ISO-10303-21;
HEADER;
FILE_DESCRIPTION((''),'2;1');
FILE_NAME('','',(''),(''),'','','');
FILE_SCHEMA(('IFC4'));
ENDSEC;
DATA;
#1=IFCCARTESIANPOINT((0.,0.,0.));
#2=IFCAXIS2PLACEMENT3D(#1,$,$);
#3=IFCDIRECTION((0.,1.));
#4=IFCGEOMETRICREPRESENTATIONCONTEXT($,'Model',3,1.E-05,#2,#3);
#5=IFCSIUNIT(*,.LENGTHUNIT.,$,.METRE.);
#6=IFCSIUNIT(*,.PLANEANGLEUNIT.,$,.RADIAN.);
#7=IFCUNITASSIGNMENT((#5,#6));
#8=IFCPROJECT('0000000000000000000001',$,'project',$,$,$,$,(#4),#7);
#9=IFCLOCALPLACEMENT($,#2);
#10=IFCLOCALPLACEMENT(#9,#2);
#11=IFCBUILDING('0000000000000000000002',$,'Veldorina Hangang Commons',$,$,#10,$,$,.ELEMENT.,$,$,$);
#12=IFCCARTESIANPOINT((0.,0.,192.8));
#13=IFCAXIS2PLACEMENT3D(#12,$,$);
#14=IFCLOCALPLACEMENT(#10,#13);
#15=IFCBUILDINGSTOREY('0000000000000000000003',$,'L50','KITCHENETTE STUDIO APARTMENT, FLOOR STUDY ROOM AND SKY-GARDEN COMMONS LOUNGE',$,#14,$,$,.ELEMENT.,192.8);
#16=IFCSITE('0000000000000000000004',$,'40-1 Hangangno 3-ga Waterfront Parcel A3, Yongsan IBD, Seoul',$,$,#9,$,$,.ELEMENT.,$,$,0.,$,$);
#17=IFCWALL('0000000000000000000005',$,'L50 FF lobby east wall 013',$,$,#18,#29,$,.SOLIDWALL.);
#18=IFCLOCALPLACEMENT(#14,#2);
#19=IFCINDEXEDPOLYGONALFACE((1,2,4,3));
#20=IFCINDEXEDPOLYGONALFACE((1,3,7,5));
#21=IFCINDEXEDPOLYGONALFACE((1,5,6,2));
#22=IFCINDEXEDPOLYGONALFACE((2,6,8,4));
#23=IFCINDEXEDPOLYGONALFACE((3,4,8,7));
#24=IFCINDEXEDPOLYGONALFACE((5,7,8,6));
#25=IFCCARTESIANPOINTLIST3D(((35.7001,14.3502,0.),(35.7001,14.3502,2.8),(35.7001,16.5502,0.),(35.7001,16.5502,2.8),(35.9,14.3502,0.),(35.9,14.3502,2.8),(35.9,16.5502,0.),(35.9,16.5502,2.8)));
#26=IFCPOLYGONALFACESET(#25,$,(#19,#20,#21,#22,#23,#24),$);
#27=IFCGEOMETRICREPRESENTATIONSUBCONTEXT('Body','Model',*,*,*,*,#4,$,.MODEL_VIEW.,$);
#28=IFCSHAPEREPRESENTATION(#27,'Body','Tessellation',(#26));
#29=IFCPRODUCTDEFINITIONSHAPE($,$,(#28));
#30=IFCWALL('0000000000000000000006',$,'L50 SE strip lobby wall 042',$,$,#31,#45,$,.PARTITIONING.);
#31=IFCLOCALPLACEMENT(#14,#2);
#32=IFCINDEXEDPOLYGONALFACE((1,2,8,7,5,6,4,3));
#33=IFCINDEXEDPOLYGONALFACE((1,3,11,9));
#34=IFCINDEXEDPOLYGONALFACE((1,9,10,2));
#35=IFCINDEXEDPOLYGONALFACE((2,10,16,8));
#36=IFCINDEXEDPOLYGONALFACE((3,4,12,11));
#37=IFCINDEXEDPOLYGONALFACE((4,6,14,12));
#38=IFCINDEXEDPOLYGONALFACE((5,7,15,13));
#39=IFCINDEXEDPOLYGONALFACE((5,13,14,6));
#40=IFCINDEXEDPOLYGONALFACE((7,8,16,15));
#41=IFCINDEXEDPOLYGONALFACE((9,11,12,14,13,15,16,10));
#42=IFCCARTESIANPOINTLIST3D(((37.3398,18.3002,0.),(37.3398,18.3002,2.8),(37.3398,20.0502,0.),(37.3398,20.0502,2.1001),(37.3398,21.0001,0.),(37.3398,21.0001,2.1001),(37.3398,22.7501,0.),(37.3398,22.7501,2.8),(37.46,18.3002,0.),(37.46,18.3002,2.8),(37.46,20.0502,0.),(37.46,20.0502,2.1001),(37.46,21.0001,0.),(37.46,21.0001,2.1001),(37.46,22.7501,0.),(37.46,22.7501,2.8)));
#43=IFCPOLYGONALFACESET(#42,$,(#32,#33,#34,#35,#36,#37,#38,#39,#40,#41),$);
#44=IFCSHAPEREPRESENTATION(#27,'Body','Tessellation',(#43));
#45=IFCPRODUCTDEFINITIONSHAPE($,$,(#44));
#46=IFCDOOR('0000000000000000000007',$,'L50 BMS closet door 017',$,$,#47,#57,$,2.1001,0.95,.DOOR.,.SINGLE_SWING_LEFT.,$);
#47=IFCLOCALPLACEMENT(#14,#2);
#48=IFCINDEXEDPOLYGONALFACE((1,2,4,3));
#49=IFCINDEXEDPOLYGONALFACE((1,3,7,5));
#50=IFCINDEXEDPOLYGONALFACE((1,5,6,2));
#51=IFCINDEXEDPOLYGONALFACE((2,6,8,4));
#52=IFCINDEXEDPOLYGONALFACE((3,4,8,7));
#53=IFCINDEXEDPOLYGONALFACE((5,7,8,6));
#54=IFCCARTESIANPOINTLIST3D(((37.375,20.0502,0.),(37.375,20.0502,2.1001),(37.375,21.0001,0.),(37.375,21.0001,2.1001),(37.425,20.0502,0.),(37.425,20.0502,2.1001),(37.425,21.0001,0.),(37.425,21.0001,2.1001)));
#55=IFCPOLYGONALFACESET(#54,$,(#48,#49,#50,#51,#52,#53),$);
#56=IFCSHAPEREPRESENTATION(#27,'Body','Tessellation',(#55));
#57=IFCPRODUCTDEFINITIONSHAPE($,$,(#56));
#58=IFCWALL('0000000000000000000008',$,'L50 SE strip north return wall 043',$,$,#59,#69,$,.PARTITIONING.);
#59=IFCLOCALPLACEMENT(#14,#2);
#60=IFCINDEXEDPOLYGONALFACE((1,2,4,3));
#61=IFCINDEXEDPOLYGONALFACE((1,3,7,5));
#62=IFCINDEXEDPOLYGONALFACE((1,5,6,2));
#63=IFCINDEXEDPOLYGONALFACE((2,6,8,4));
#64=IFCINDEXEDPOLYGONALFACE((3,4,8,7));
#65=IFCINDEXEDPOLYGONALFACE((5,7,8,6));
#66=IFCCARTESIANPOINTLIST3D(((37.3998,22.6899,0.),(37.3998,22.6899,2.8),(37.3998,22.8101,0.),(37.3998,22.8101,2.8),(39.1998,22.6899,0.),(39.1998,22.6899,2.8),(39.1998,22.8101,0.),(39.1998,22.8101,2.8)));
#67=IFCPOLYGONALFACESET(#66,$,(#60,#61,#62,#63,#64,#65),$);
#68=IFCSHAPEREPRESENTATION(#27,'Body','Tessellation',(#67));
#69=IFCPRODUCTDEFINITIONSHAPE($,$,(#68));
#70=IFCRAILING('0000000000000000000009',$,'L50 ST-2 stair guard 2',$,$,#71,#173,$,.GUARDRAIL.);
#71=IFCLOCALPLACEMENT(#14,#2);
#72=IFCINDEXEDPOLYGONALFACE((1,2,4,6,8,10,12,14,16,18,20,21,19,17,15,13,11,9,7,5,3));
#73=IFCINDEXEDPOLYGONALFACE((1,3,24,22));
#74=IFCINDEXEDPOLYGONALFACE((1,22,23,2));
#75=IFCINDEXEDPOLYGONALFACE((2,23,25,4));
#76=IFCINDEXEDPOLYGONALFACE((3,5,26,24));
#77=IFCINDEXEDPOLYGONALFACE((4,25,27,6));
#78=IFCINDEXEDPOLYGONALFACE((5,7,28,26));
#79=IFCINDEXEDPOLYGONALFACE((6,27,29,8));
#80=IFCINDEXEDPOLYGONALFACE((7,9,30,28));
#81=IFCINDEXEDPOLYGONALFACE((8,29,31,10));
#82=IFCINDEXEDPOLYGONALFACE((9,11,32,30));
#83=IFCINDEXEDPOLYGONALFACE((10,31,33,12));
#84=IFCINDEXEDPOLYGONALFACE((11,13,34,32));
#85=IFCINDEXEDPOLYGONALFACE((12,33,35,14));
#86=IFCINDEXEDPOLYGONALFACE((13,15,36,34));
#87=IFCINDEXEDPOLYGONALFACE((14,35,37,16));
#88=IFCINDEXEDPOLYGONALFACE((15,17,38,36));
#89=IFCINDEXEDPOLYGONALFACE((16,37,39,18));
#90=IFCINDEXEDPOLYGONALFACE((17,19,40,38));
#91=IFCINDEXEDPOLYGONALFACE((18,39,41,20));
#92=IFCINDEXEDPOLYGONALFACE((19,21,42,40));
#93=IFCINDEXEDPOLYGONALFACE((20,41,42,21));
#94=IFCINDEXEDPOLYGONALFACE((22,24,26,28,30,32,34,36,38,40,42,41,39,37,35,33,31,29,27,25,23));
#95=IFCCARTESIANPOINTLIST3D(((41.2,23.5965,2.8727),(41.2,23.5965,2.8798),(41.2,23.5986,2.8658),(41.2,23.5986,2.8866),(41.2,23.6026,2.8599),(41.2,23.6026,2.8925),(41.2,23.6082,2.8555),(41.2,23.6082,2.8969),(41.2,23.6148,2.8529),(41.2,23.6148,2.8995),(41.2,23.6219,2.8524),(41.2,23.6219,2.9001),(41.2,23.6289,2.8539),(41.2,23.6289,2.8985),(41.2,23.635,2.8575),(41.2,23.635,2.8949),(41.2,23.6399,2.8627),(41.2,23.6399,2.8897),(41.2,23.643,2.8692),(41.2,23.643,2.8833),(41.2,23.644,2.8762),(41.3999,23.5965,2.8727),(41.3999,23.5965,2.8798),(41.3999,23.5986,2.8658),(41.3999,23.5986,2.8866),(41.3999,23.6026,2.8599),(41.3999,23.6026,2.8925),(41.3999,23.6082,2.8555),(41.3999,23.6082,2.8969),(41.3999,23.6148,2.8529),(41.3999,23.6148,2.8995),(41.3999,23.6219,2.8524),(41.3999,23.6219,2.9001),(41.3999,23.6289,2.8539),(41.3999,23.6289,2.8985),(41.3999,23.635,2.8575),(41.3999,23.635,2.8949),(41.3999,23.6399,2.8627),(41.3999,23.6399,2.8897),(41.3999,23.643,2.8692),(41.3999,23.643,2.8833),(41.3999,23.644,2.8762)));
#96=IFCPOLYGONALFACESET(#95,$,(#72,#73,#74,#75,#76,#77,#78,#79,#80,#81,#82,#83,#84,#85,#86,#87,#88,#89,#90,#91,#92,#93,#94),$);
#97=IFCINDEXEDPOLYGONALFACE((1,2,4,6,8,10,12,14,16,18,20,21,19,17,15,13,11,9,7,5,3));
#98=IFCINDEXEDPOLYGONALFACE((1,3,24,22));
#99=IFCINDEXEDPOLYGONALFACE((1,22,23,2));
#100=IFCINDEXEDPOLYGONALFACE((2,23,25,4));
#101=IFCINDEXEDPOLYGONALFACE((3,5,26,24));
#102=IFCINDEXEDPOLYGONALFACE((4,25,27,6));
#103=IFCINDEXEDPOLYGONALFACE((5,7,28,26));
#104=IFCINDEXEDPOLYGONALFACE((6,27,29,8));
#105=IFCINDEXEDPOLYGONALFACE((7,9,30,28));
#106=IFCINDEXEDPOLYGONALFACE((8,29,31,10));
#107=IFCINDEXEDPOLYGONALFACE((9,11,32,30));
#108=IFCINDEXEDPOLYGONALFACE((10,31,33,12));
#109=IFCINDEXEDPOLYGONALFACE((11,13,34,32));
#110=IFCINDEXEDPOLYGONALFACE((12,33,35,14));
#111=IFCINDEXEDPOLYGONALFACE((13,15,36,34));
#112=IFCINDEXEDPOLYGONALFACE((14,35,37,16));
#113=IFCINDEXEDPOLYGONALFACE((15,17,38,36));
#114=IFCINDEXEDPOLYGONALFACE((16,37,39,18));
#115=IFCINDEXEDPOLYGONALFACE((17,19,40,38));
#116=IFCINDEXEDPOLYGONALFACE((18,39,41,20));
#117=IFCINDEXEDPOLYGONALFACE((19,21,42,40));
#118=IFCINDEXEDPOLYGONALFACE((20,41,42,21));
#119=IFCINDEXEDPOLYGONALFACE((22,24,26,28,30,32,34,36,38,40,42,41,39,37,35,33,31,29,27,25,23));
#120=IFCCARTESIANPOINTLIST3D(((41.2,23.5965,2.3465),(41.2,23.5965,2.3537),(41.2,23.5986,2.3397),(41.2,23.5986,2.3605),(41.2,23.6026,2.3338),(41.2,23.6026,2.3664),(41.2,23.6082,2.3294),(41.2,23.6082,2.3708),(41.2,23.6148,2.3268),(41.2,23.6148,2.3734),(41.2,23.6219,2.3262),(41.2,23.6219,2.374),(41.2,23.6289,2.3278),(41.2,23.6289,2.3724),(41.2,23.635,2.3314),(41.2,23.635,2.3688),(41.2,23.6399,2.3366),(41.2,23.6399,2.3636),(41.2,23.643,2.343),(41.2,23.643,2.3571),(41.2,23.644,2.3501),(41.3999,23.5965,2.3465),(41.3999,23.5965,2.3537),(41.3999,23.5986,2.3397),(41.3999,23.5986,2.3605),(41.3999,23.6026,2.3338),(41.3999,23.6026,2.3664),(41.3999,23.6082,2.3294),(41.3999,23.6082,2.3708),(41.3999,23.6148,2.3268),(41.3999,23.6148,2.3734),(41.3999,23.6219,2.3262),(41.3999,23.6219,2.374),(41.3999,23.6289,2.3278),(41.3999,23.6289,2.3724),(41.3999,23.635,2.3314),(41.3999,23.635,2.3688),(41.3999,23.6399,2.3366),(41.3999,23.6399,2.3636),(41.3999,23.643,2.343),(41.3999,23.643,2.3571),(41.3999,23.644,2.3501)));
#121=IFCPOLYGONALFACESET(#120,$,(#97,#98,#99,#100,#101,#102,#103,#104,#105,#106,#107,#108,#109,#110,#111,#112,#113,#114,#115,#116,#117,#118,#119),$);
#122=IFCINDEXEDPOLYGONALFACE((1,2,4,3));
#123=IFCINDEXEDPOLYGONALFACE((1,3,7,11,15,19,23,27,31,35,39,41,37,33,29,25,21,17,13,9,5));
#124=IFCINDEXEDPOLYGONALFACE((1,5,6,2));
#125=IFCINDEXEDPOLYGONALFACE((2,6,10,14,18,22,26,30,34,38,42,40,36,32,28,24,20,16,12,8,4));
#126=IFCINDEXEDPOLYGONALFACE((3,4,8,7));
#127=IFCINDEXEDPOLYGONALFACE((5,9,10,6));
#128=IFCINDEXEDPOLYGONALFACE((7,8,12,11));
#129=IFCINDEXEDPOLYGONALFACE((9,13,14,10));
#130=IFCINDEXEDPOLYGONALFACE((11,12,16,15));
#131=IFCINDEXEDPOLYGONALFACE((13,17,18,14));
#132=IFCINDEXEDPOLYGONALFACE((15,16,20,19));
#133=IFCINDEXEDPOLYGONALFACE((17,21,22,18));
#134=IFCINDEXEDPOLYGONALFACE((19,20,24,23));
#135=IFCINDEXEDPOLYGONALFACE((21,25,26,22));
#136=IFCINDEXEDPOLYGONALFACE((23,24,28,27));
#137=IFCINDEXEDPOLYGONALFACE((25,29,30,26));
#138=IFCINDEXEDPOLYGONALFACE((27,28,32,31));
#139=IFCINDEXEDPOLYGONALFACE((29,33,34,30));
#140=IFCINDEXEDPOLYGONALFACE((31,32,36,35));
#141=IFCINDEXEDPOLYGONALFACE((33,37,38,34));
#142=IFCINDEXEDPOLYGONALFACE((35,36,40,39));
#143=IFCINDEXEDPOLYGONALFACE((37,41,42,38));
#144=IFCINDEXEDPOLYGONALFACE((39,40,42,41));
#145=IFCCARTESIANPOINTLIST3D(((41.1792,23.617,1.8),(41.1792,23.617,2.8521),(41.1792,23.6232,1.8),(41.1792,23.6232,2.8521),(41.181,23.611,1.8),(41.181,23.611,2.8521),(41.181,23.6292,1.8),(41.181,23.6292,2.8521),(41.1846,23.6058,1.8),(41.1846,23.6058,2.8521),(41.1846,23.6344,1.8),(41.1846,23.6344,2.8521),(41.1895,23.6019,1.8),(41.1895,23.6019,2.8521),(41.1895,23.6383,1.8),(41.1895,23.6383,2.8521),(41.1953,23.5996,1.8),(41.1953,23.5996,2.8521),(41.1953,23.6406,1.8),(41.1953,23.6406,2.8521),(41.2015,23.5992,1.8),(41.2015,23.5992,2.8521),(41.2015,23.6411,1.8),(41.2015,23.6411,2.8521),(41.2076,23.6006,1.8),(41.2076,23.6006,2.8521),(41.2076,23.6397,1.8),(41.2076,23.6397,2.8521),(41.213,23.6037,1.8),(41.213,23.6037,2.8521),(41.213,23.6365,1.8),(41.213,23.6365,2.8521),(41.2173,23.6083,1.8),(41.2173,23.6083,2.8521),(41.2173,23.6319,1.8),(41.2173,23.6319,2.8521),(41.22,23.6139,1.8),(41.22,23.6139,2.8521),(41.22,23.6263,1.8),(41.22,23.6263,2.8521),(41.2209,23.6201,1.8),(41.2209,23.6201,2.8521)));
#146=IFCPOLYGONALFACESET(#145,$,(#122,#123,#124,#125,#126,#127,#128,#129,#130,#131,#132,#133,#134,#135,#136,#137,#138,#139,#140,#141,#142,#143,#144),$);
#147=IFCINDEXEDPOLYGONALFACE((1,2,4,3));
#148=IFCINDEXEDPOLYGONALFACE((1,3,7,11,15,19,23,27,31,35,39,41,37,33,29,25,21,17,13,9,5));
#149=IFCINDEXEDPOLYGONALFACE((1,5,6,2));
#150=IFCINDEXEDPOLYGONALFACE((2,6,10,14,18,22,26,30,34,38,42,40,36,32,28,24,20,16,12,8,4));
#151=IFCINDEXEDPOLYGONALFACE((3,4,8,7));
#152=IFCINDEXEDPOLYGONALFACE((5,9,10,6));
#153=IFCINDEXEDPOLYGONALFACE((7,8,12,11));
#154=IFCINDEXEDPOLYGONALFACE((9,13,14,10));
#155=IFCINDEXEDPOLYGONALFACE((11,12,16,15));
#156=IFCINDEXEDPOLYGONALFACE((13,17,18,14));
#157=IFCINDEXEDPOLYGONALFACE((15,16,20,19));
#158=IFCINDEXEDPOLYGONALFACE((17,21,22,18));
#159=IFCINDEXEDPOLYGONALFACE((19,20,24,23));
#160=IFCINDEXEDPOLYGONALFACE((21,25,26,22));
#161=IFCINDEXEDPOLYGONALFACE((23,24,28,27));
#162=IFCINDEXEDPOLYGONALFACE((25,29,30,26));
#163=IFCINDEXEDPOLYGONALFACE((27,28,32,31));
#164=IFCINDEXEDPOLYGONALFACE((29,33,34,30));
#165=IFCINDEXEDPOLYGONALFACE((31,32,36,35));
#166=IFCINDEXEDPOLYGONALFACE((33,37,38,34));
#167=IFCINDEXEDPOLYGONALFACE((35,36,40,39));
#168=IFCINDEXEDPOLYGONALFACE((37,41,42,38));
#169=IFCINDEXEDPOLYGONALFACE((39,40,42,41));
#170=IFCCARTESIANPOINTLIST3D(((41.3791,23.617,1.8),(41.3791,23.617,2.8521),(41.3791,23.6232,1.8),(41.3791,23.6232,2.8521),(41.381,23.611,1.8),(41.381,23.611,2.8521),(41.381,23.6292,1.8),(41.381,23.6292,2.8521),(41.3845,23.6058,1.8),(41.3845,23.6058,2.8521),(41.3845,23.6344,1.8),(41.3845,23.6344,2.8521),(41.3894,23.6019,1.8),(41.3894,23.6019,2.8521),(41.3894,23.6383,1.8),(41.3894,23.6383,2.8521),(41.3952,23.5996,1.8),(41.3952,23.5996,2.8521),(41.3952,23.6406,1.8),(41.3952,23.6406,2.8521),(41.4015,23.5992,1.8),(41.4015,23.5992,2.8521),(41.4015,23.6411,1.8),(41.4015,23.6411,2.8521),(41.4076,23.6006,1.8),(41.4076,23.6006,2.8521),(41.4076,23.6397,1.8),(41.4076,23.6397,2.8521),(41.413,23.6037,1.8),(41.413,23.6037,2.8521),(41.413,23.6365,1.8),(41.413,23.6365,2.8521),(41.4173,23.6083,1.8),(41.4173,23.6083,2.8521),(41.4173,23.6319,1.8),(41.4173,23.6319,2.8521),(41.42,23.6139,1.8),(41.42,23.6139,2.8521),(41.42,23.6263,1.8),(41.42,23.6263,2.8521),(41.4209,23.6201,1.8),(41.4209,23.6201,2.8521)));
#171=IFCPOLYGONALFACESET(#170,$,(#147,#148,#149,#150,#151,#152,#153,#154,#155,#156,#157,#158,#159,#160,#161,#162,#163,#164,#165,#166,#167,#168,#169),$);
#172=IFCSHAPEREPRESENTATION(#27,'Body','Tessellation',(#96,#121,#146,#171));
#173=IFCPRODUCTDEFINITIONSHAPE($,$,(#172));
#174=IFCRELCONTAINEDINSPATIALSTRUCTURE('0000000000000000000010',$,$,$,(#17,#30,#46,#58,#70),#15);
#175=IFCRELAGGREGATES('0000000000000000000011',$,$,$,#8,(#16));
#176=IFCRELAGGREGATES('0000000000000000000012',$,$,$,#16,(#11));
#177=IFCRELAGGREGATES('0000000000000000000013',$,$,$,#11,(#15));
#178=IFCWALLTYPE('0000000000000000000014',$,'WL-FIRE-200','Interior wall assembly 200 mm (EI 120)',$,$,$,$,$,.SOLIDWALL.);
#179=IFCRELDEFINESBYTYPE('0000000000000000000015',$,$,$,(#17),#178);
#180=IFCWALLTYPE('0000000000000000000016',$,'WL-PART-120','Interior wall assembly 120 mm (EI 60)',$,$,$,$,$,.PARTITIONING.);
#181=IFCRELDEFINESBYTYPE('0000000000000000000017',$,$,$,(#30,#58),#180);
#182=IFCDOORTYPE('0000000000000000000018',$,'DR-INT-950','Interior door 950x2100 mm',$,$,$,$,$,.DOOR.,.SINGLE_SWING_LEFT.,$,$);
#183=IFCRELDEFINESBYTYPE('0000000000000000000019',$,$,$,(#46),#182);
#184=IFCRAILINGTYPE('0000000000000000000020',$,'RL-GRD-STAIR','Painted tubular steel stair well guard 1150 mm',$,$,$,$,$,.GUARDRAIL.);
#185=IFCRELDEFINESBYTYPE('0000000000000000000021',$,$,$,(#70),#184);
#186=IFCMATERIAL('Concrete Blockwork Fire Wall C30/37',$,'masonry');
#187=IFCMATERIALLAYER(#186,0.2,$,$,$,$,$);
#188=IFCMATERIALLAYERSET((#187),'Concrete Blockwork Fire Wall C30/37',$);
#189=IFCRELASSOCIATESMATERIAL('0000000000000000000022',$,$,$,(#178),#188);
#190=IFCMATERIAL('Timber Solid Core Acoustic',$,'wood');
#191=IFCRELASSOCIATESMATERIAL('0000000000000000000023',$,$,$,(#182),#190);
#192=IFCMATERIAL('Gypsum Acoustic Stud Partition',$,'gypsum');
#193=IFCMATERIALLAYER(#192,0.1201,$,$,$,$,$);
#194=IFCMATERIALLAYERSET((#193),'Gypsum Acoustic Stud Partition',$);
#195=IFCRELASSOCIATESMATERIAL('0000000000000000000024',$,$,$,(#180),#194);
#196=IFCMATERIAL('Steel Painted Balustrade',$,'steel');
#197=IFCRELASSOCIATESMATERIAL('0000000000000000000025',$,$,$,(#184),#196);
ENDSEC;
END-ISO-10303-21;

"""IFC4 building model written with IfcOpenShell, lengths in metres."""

from ifc_helpers import new_model, si_unit, direction, frame, frame_2d, origin, origin_2d, place, context, subcontext, project, spatial, rectangle, circle, extrude, material, layer, layer_set, type_object, element, fill, save


model = new_model("IFC4")

# Units and contexts
model_context = context("Model", 3, precision=1e-05, world=origin(), true_north=direction((0.0, 1.0)))
body_context = subcontext(model_context, "Body", "Model", "MODEL_VIEW")
ifc_project = project(units=[si_unit("LENGTHUNIT", "METRE"), si_unit("PLANEANGLEUNIT", "RADIAN")], contexts=[model_context])

# Site, building, storey
site_placement = place(None, origin())
site = spatial("IfcSite", under=ifc_project, at=site_placement, Name="40-1 Hangangno 3-ga Waterfront Parcel A3, Yongsan IBD, Seoul", CompositionType="ELEMENT", RefElevation=0.0)
building_placement = place(site_placement, origin())
building = spatial("IfcBuilding", under=site, at=building_placement, Name="Veldorina Hangang Commons", CompositionType="ELEMENT")
storey_placement = place(building_placement, frame((0.0, 0.0, 192.8)))
storey = spatial("IfcBuildingStorey", under=building, at=storey_placement, Name="L50", Description="KITCHENETTE STUDIO APARTMENT, FLOOR STUDY ROOM AND SKY-GARDEN COMMONS LOUNGE", CompositionType="ELEMENT", Elevation=192.8)

# Shared definitions
ifc_material_1 = material(Name="Concrete Blockwork Fire Wall C30/37", Category="masonry")
ifc_layer_1 = layer(ifc_material_1, 0.2)
ifc_layer_set_1 = layer_set([ifc_layer_1], Name="Concrete Blockwork Fire Wall C30/37")
wall_type_1 = type_object("IfcWallType", Name="WL-FIRE-200", Description="Interior wall assembly 200 mm (EI 120)", PredefinedType="SOLIDWALL", material=ifc_layer_set_1)
ifc_material_2 = material(Name="Timber Solid Core Acoustic", Category="wood")
door_type_1 = type_object("IfcDoorType", Name="DR-INT-950", Description="Interior door 950x2100 mm", OperationType="SINGLE_SWING_LEFT", PredefinedType="DOOR", material=ifc_material_2)

# Wall
wall_1_placement = place(storey_placement, frame((35.8, 14.3501, 0.0), z_axis=(0.0, 0.0, 1.0), x_axis=(0.0, 1.0, 0.0)))
element("IfcWall", 1, at=wall_1_placement, inside=storey, type_object=wall_type_1, Name="L50 FF lobby east wall 013", PredefinedType="SOLIDWALL", context=body_context, shape_type="SweptSolid", body=[
    extrude(rectangle(XDim=2.2, YDim=0.2, at=frame_2d((1.1001, 0.0))), origin(), (0.0, 0.0, 1.0), 2.8),
])

# Wall, opening, door
ifc_material_3 = material(Name="Gypsum Acoustic Stud Partition", Category="gypsum")
ifc_layer_2 = layer(ifc_material_3, 0.1201)
ifc_layer_set_2 = layer_set([ifc_layer_2], Name="Gypsum Acoustic Stud Partition")
wall_type_2 = type_object("IfcWallType", Name="WL-PART-120", Description="Interior wall assembly 120 mm (EI 60)", PredefinedType="PARTITIONING", material=ifc_layer_set_2)
wall_2_placement = place(storey_placement, frame((37.3999, 18.3, 0.0), z_axis=(0.0, 0.0, 1.0), x_axis=(0.0, 1.0, 0.0)))
wall_2 = element("IfcWall", 2, at=wall_2_placement, inside=storey, type_object=wall_type_2, Name="L50 SE strip lobby wall 042", PredefinedType="PARTITIONING", context=body_context, shape_type="SweptSolid", body=[
    extrude(rectangle(XDim=4.45, YDim=0.1201, at=frame_2d((2.2251, 0.0))), origin(), (0.0, 0.0, 1.0), 2.8),
])
opening_1_placement = place(wall_2_placement, frame((1.75, 0.0, 0.0)))
opening_1 = element("IfcOpeningElement", 3, at=opening_1_placement, cuts=wall_2, PredefinedType="OPENING", context=body_context, shape_type="SweptSolid", body=[
    extrude(rectangle(XDim=0.95, YDim=2.1001, at=frame_2d((0.4751, 1.05))), frame((0.0, 0.0701, 0.0), z_axis=(0.0, -1.0, 0.0), x_axis=(1.0, 0.0, 0.0)), (0.0, 0.0, 1.0), 0.1401),
])
door_1_placement = place(opening_1_placement, origin())
door_1 = element("IfcDoor", 4, at=door_1_placement, inside=storey, type_object=door_type_1, Name="L50 BMS closet door 017", OperationType="SINGLE_SWING_LEFT", OverallHeight=2.1001, OverallWidth=0.95, PredefinedType="DOOR", context=body_context, shape_type="SweptSolid", body=[
    extrude(rectangle(XDim=0.95, YDim=2.1001, at=frame_2d((0.4751, 1.05))), frame((0.0, 0.0249, 0.0), z_axis=(0.0, -1.0, 0.0), x_axis=(1.0, 0.0, 0.0)), (0.0, 0.0, 1.0), 0.05),
])
fill(opening_1, door_1)

# Wall
wall_3_placement = place(storey_placement, frame((37.3999, 22.75, 0.0), z_axis=(0.0, 0.0, 1.0), x_axis=(1.0, 0.0, 0.0)))
element("IfcWall", 5, at=wall_3_placement, inside=storey, type_object=wall_type_2, Name="L50 SE strip north return wall 043", PredefinedType="PARTITIONING", context=body_context, shape_type="SweptSolid", body=[
    extrude(rectangle(XDim=1.8, YDim=0.1201, at=frame_2d((0.8999, 0.0))), origin(), (0.0, 0.0, 1.0), 2.8),
])

# Railing
ifc_material_4 = material(Name="Steel Painted Balustrade", Category="steel")
railing_type = type_object("IfcRailingType", Name="RL-GRD-STAIR", Description="Painted tubular steel stair well guard 1150 mm", PredefinedType="GUARDRAIL", material=ifc_material_4)
railing_placement = place(storey_placement, frame((41.2, 23.6201, 1.8)))
element("IfcRailing", 6, at=railing_placement, inside=storey, type_object=railing_type, Name="L50 ST-2 stair guard 2", PredefinedType="GUARDRAIL", context=body_context, shape_type="SweptSolid", body=[
    extrude(circle(Radius=0.0239, at=origin_2d()), frame((0.0, 0.0, 1.0762), z_axis=(1.0, 0.0, 0.0), x_axis=(0.0, 1.0, 0.0)), (0.0, 0.0, 1.0), 0.2),
    extrude(circle(Radius=0.0239, at=origin_2d()), frame((0.0, 0.0, 0.55), z_axis=(1.0, 0.0, 0.0), x_axis=(0.0, 1.0, 0.0)), (0.0, 0.0, 1.0), 0.2),
    extrude(circle(Radius=0.021, at=origin_2d()), origin(), (0.0, 0.0, 1.0), 1.052),
    extrude(circle(Radius=0.021, at=origin_2d()), frame((0.2, 0.0, 0.0)), (0.0, 0.0, 1.0), 1.052),
])

save(model, "model.ifc")
